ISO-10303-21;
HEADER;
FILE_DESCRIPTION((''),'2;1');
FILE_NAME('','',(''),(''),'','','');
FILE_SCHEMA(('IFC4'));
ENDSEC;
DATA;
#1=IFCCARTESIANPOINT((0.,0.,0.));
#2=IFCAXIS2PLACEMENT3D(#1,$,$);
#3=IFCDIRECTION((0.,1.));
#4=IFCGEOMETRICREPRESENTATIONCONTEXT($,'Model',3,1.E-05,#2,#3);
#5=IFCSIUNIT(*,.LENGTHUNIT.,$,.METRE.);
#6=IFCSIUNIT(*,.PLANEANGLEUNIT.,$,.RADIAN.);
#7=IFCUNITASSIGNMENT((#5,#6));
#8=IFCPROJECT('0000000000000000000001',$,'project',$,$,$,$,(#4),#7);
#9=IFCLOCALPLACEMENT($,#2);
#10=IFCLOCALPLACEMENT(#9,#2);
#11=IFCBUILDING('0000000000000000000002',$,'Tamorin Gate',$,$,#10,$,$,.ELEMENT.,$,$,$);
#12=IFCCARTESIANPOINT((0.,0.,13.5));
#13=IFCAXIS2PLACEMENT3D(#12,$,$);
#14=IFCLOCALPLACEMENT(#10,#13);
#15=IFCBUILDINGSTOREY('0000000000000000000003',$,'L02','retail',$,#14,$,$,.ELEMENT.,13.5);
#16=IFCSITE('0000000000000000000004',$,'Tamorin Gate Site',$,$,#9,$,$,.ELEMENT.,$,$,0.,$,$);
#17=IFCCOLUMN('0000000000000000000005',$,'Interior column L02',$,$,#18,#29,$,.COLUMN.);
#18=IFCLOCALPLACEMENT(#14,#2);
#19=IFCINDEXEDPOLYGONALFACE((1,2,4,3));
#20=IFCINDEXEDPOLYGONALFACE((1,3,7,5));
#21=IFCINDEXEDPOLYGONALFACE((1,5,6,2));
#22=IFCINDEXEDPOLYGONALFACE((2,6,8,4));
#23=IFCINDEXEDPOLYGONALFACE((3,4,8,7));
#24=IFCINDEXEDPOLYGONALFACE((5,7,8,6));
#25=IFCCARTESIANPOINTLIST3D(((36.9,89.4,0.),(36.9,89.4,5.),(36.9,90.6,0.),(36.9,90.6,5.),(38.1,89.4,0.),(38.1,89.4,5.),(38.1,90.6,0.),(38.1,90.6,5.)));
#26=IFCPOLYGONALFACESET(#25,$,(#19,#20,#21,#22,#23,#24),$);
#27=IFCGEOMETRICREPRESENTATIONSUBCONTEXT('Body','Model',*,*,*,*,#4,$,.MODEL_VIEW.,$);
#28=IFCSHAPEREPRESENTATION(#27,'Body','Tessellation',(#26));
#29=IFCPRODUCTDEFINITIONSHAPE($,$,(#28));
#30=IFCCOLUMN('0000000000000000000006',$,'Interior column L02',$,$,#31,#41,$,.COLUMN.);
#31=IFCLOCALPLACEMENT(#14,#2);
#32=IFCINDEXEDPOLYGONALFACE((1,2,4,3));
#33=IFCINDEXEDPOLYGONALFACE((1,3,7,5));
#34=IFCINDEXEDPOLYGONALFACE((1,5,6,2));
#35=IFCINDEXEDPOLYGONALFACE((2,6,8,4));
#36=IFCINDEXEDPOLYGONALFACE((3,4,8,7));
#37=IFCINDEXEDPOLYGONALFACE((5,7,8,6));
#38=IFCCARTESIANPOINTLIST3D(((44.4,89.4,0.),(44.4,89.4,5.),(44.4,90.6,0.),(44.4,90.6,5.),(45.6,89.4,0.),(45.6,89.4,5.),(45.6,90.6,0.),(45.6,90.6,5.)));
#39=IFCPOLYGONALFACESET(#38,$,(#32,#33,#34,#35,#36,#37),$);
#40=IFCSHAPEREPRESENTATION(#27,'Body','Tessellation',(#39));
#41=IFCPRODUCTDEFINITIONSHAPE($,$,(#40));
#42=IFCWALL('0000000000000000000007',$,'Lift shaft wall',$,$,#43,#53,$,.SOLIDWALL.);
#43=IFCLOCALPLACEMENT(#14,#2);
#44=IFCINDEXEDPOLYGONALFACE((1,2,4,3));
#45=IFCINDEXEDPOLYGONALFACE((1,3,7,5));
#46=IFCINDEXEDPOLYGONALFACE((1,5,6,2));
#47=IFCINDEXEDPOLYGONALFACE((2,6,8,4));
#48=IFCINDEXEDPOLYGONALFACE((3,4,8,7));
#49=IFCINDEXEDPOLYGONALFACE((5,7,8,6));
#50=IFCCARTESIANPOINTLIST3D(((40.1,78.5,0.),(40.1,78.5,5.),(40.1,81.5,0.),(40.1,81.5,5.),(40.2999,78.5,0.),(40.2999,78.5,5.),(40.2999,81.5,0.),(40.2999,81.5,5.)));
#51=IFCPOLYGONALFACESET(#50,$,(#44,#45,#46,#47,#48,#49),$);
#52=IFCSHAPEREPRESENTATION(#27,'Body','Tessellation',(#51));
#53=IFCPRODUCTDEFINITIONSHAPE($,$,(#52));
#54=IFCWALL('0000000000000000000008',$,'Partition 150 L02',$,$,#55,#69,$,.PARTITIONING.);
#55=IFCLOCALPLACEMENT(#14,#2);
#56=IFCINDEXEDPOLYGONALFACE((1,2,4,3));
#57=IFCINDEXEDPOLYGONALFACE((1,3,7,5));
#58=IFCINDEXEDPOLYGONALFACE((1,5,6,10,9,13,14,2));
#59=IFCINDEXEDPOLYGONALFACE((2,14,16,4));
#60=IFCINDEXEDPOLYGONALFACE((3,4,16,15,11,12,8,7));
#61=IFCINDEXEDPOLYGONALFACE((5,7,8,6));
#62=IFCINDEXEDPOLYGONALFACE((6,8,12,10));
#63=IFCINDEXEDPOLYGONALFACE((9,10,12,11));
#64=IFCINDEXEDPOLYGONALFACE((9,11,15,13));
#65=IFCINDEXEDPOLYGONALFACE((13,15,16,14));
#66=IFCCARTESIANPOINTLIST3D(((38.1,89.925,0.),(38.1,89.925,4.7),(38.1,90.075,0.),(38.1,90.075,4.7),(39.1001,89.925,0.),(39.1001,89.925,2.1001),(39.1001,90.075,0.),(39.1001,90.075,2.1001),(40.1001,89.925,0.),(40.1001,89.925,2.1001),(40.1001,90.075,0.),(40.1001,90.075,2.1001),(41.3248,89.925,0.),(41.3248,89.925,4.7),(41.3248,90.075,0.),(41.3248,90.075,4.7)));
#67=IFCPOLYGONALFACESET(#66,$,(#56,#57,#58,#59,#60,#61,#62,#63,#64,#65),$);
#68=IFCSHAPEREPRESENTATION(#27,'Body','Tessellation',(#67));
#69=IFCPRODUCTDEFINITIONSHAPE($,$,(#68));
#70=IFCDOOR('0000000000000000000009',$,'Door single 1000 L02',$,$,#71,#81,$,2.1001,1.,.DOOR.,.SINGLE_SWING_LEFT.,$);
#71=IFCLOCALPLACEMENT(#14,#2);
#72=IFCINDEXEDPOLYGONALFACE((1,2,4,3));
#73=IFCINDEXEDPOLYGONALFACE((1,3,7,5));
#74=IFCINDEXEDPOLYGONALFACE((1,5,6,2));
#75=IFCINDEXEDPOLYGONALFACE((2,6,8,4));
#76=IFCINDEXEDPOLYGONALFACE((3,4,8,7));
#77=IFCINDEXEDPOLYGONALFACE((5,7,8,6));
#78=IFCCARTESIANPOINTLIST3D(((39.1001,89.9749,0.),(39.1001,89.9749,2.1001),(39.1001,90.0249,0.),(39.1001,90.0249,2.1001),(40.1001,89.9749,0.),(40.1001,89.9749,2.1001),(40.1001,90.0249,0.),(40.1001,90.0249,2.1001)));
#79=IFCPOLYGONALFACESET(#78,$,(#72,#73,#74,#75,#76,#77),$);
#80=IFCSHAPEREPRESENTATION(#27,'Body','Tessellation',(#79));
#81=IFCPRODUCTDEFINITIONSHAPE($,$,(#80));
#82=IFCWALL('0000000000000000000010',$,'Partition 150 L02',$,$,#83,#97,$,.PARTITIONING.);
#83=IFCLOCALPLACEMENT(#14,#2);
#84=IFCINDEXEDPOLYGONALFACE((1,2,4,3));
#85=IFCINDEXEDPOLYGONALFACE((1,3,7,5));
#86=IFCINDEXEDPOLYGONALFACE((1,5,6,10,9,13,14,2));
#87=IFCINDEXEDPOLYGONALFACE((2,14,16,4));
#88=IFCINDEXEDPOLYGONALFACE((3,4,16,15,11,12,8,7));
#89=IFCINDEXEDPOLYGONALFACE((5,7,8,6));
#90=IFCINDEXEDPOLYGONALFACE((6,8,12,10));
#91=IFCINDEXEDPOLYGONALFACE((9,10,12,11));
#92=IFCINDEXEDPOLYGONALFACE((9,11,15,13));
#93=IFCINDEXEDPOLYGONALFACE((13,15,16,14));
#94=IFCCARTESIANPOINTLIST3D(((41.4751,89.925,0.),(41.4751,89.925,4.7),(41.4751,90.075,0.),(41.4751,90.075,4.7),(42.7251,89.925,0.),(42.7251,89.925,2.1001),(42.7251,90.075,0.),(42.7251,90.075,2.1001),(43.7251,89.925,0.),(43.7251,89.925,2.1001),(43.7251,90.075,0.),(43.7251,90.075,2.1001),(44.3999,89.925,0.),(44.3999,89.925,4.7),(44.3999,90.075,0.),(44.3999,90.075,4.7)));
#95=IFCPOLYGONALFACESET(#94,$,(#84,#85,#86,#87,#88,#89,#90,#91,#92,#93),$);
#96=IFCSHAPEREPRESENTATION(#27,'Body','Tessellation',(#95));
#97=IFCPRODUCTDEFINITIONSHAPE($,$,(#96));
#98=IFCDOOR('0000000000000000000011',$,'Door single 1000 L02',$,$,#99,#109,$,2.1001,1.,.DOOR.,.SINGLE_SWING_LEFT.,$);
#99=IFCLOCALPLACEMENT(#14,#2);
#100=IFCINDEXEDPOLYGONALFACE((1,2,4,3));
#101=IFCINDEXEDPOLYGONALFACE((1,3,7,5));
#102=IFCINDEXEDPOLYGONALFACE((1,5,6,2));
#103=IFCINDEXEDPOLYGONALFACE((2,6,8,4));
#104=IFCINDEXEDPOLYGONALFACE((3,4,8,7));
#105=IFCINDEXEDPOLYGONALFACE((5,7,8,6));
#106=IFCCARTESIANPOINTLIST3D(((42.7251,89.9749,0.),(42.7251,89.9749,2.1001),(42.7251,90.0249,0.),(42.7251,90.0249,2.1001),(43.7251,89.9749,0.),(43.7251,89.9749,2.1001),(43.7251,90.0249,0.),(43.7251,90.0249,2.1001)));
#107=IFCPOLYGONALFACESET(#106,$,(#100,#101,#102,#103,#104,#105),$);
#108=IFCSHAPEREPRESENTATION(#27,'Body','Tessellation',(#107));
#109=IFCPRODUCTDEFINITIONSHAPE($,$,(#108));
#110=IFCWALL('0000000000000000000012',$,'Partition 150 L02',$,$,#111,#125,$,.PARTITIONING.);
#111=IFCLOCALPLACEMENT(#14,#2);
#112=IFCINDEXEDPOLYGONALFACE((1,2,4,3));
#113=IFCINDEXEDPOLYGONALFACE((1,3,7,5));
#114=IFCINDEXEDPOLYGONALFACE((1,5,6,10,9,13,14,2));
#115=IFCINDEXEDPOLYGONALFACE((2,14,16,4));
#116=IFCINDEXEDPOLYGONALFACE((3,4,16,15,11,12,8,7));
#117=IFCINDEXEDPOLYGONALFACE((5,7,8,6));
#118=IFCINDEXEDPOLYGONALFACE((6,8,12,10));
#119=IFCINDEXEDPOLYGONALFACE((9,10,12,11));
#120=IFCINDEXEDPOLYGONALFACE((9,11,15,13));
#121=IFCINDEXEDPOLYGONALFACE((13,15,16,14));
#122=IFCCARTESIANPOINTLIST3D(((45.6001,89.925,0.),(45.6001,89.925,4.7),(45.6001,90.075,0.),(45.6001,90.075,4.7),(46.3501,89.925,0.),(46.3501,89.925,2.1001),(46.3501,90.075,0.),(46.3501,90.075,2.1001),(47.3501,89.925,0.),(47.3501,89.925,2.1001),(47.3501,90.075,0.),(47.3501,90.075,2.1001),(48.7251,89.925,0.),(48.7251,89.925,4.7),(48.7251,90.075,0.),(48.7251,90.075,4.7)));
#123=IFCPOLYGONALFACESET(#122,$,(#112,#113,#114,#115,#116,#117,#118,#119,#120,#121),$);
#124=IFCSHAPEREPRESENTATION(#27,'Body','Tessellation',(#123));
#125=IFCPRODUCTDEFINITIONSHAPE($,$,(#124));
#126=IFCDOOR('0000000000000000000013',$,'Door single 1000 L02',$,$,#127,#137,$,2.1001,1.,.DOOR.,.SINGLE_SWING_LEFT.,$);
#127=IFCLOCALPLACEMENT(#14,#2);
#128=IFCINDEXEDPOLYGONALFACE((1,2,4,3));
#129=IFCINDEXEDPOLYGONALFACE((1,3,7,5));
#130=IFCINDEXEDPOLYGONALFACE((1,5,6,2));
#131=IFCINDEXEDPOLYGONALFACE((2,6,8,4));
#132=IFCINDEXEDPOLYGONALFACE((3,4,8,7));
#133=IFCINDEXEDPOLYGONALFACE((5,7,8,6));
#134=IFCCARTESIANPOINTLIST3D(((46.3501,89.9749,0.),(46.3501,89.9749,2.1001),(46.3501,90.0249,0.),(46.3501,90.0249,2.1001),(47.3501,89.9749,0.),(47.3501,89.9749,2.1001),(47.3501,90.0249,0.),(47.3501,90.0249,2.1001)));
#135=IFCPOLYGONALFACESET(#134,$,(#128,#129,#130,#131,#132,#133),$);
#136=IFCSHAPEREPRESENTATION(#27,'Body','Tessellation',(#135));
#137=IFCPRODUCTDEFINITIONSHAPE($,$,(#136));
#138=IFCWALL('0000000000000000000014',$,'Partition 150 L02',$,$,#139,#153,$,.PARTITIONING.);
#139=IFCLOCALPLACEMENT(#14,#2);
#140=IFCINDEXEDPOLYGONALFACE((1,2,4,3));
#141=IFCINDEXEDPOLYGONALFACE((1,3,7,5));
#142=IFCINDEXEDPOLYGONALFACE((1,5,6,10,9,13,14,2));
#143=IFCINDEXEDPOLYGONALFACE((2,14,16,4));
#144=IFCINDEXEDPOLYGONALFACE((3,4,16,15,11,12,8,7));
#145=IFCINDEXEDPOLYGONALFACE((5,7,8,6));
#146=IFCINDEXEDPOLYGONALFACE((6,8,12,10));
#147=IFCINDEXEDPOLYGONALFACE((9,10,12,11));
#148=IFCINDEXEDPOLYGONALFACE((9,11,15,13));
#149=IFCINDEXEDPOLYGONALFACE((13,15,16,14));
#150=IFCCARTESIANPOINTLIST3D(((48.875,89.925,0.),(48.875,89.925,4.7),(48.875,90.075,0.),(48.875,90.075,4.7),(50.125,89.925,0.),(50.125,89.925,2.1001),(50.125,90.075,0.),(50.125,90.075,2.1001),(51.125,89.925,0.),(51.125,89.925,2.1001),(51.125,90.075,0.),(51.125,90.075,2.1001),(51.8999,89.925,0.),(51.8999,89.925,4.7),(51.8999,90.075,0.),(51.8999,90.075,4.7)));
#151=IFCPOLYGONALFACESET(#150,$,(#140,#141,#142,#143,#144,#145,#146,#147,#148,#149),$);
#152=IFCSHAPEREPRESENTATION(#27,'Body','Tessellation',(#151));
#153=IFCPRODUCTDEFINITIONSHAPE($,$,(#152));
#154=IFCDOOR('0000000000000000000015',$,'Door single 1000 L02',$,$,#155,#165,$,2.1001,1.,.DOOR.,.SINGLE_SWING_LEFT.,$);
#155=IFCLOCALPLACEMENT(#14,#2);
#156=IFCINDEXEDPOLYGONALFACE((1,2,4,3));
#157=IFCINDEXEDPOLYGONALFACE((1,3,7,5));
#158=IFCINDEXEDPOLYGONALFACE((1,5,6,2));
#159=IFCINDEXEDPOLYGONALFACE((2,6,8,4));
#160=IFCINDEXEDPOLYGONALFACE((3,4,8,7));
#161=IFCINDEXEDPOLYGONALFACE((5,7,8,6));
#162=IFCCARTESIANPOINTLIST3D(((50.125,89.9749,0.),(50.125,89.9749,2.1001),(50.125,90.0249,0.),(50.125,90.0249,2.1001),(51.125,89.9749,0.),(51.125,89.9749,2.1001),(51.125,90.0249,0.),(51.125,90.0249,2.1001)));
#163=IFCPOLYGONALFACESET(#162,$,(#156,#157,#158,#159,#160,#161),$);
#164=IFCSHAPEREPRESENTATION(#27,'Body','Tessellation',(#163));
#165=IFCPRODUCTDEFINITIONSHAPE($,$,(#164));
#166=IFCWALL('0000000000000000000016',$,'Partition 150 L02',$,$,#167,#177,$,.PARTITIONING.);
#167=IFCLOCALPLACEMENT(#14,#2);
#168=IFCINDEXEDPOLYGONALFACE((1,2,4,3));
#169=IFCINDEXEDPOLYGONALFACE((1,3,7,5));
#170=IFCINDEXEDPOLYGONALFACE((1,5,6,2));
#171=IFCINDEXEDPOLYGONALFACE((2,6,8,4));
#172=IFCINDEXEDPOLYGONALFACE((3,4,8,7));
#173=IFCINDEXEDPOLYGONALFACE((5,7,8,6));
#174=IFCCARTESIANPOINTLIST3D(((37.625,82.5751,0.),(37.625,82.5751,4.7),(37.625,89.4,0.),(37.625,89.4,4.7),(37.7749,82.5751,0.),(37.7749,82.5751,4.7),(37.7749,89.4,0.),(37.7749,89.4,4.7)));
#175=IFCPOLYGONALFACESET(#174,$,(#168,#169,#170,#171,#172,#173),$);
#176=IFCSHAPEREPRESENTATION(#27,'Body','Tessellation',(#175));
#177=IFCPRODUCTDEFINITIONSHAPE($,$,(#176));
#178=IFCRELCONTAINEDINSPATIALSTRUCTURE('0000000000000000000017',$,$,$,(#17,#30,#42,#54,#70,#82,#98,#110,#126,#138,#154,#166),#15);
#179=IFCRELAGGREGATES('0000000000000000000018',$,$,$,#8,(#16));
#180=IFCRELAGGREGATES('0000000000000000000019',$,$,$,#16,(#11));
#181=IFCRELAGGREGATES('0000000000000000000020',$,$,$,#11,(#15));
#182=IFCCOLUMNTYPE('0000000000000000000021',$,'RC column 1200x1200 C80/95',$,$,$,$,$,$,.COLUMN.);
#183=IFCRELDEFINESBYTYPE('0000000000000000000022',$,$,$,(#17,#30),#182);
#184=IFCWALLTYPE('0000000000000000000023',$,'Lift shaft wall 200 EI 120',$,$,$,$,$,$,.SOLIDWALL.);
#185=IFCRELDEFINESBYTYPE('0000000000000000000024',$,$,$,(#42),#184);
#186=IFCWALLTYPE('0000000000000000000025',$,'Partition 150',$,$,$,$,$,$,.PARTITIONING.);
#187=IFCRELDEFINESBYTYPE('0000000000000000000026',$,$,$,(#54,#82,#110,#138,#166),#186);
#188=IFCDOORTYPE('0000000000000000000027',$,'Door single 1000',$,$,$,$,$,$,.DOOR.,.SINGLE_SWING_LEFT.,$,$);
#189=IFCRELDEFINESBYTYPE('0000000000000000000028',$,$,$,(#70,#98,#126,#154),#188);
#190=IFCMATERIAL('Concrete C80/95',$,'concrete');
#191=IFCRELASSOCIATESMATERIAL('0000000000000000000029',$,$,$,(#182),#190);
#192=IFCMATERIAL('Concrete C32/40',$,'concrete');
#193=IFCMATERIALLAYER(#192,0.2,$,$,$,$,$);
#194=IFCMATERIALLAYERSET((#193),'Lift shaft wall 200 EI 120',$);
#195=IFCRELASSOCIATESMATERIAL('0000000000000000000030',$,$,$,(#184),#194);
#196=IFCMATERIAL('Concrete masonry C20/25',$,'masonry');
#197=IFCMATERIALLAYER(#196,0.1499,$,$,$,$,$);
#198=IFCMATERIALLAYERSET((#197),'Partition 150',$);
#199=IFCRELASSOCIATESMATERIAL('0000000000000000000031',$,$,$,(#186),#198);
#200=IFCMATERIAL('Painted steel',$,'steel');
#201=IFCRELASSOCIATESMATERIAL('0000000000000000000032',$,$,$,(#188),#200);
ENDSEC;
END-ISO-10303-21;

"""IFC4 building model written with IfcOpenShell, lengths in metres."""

from ifc_helpers import new_model, si_unit, direction, frame, frame_2d, origin, origin_2d, place, context, subcontext, project, spatial, rectangle, extrude, material, layer, layer_set, material_profile, profile_set, type_object, element, fill, save


model = new_model("IFC4")

# Units and contexts
model_context = context("Model", 3, precision=1e-05, world=origin(), true_north=direction((0.0, 1.0)))
body_context = subcontext(model_context, "Body", "Model", "MODEL_VIEW")
ifc_project = project(units=[si_unit("LENGTHUNIT", "METRE"), si_unit("PLANEANGLEUNIT", "RADIAN")], contexts=[model_context])

# Site, building, storey
site_placement = place(None, origin())
site = spatial("IfcSite", under=ifc_project, at=site_placement, Name="Tamorin Gate Site", CompositionType="ELEMENT", RefElevation=0.0)
building_placement = place(site_placement, origin())
building = spatial("IfcBuilding", under=site, at=building_placement, Name="Tamorin Gate", CompositionType="ELEMENT")
storey_placement = place(building_placement, frame((0.0, 0.0, 13.5)))
storey = spatial("IfcBuildingStorey", under=building, at=storey_placement, Name="L02", Description="retail", CompositionType="ELEMENT", Elevation=13.5)

# Columns
ifc_material_1 = material(Name="Concrete C80/95", Category="concrete")
ifc_material_profile = material_profile(ifc_material_1, rectangle(XDim=1.2, YDim=1.2, at=origin_2d()), Name="RC 1200x1200")
ifc_profile_set = profile_set([ifc_material_profile], Name="Concrete C80/95")
column_type = type_object("IfcColumnType", Name="RC column 1200x1200 C80/95", PredefinedType="COLUMN", material=ifc_profile_set)
for number, where, z_axis, x_axis, name in (
    (1, (37.5, 90.0, 0.0), (0.0, 0.0, 1.0), (1.0, 0.0, 0.0), "Interior column L02"),
    (2, (45.0, 90.0, 0.0), (0.0, 0.0, 1.0), (1.0, 0.0, 0.0), "Interior column L02"),
):
    element("IfcColumn", number, at=place(storey_placement, frame(where, z_axis=z_axis, x_axis=x_axis)), inside=storey, type_object=column_type, Name=name, PredefinedType="COLUMN", context=body_context, shape_type="SweptSolid", body=[
        extrude(rectangle(XDim=1.2, YDim=1.2, at=origin_2d()), origin(), (0.0, 0.0, 1.0), 5.0),
    ])

# Wall
ifc_material_2 = material(Name="Concrete C32/40", Category="concrete")
ifc_layer_1 = layer(ifc_material_2, 0.2)
ifc_layer_set_1 = layer_set([ifc_layer_1], Name="Lift shaft wall 200 EI 120")
wall_type_1 = type_object("IfcWallType", Name="Lift shaft wall 200 EI 120", PredefinedType="SOLIDWALL", material=ifc_layer_set_1)
wall_1_placement = place(storey_placement, frame((40.2, 78.5, 0.0), z_axis=(0.0, 0.0, 1.0), x_axis=(0.0, 1.0, 0.0)))
element("IfcWall", 3, at=wall_1_placement, inside=storey, type_object=wall_type_1, Name="Lift shaft wall", PredefinedType="SOLIDWALL", context=body_context, shape_type="SweptSolid", body=[
    extrude(rectangle(XDim=3.0, YDim=0.2, at=frame_2d((1.5, 0.0))), origin(), (0.0, 0.0, 1.0), 5.0),
])

# Walls, openings, doors
ifc_material_3 = material(Name="Concrete masonry C20/25", Category="masonry")
ifc_layer_2 = layer(ifc_material_3, 0.1499)
ifc_layer_set_2 = layer_set([ifc_layer_2], Name="Partition 150")
wall_type_2 = type_object("IfcWallType", Name="Partition 150", PredefinedType="PARTITIONING", material=ifc_layer_set_2)
wall_2_placement = place(storey_placement, frame((38.1001, 90.0, 0.0), z_axis=(0.0, 0.0, 1.0), x_axis=(1.0, 0.0, 0.0)))
wall_2 = element("IfcWall", 4, at=wall_2_placement, inside=storey, type_object=wall_type_2, Name="Partition 150 L02", PredefinedType="PARTITIONING", context=body_context, shape_type="SweptSolid", body=[
    extrude(rectangle(XDim=3.2249, YDim=0.1499, at=frame_2d((1.6123, 0.0))), origin(), (0.0, 0.0, 1.0), 4.7),
])
opening_1_placement = place(wall_2_placement, frame((1.0, 0.0, 0.0)))
opening_1 = element("IfcOpeningElement", 5, at=opening_1_placement, cuts=wall_2, PredefinedType="OPENING", context=body_context, shape_type="SweptSolid", body=[
    extrude(rectangle(XDim=1.0, YDim=2.1001, at=frame_2d((0.5, 1.05))), frame((0.0, 0.085, 0.0), z_axis=(0.0, -1.0, 0.0), x_axis=(1.0, 0.0, 0.0)), (0.0, 0.0, 1.0), 0.1699),
])
ifc_material_4 = material(Name="Painted steel", Category="steel")
door_type = type_object("IfcDoorType", Name="Door single 1000", OperationType="SINGLE_SWING_LEFT", PredefinedType="DOOR", material=ifc_material_4)
door_1_placement = place(opening_1_placement, origin())
door_1 = element("IfcDoor", 6, at=door_1_placement, inside=storey, type_object=door_type, Name="Door single 1000 L02", OperationType="SINGLE_SWING_LEFT", OverallHeight=2.1001, OverallWidth=1.0, PredefinedType="DOOR", context=body_context, shape_type="SweptSolid", body=[
    extrude(rectangle(XDim=1.0, YDim=2.1001, at=frame_2d((0.5, 1.05))), frame((0.0, 0.0249, 0.0), z_axis=(0.0, -1.0, 0.0), x_axis=(1.0, 0.0, 0.0)), (0.0, 0.0, 1.0), 0.05),
])
fill(opening_1, door_1)
wall_3_placement = place(storey_placement, frame((41.4751, 90.0, 0.0), z_axis=(0.0, 0.0, 1.0), x_axis=(1.0, 0.0, 0.0)))
wall_3 = element("IfcWall", 7, at=wall_3_placement, inside=storey, type_object=wall_type_2, Name="Partition 150 L02", PredefinedType="PARTITIONING", context=body_context, shape_type="SweptSolid", body=[
    extrude(rectangle(XDim=2.9248, YDim=0.1499, at=frame_2d((1.4624, 0.0))), origin(), (0.0, 0.0, 1.0), 4.7),
])
opening_2_placement = place(wall_3_placement, frame((1.25, 0.0, 0.0)))
opening_2 = element("IfcOpeningElement", 8, at=opening_2_placement, cuts=wall_3, PredefinedType="OPENING", context=body_context, shape_type="SweptSolid", body=[
    extrude(rectangle(XDim=1.0, YDim=2.1001, at=frame_2d((0.5, 1.05))), frame((0.0, 0.085, 0.0), z_axis=(0.0, -1.0, 0.0), x_axis=(1.0, 0.0, 0.0)), (0.0, 0.0, 1.0), 0.1699),
])
door_2_placement = place(opening_2_placement, origin())
door_2 = element("IfcDoor", 9, at=door_2_placement, inside=storey, type_object=door_type, Name="Door single 1000 L02", OperationType="SINGLE_SWING_LEFT", OverallHeight=2.1001, OverallWidth=1.0, PredefinedType="DOOR", context=body_context, shape_type="SweptSolid", body=[
    extrude(rectangle(XDim=1.0, YDim=2.1001, at=frame_2d((0.5, 1.05))), frame((0.0, 0.0249, 0.0), z_axis=(0.0, -1.0, 0.0), x_axis=(1.0, 0.0, 0.0)), (0.0, 0.0, 1.0), 0.05),
])
fill(opening_2, door_2)
wall_4_placement = place(storey_placement, frame((45.6001, 90.0, 0.0), z_axis=(0.0, 0.0, 1.0), x_axis=(1.0, 0.0, 0.0)))
wall_4 = element("IfcWall", 10, at=wall_4_placement, inside=storey, type_object=wall_type_2, Name="Partition 150 L02", PredefinedType="PARTITIONING", context=body_context, shape_type="SweptSolid", body=[
    extrude(rectangle(XDim=3.125, YDim=0.1499, at=frame_2d((1.5625, 0.0))), origin(), (0.0, 0.0, 1.0), 4.7),
])
opening_3_placement = place(wall_4_placement, frame((0.75, 0.0, 0.0)))
opening_3 = element("IfcOpeningElement", 11, at=opening_3_placement, cuts=wall_4, PredefinedType="OPENING", context=body_context, shape_type="SweptSolid", body=[
    extrude(rectangle(XDim=1.0, YDim=2.1001, at=frame_2d((0.5, 1.05))), frame((0.0, 0.085, 0.0), z_axis=(0.0, -1.0, 0.0), x_axis=(1.0, 0.0, 0.0)), (0.0, 0.0, 1.0), 0.1699),
])
door_3_placement = place(opening_3_placement, origin())
door_3 = element("IfcDoor", 12, at=door_3_placement, inside=storey, type_object=door_type, Name="Door single 1000 L02", OperationType="SINGLE_SWING_LEFT", OverallHeight=2.1001, OverallWidth=1.0, PredefinedType="DOOR", context=body_context, shape_type="SweptSolid", body=[
    extrude(rectangle(XDim=1.0, YDim=2.1001, at=frame_2d((0.5, 1.05))), frame((0.0, 0.0249, 0.0), z_axis=(0.0, -1.0, 0.0), x_axis=(1.0, 0.0, 0.0)), (0.0, 0.0, 1.0), 0.05),
])
fill(opening_3, door_3)
wall_5_placement = place(storey_placement, frame((48.875, 90.0, 0.0), z_axis=(0.0, 0.0, 1.0), x_axis=(1.0, 0.0, 0.0)))
wall_5 = element("IfcWall", 13, at=wall_5_placement, inside=storey, type_object=wall_type_2, Name="Partition 150 L02", PredefinedType="PARTITIONING", context=body_context, shape_type="SweptSolid", body=[
    extrude(rectangle(XDim=3.0249, YDim=0.1499, at=frame_2d((1.5125, 0.0))), origin(), (0.0, 0.0, 1.0), 4.7),
])
opening_4_placement = place(wall_5_placement, frame((1.25, 0.0, 0.0)))
opening_4 = element("IfcOpeningElement", 14, at=opening_4_placement, cuts=wall_5, PredefinedType="OPENING", context=body_context, shape_type="SweptSolid", body=[
    extrude(rectangle(XDim=1.0, YDim=2.1001, at=frame_2d((0.5, 1.05))), frame((0.0, 0.085, 0.0), z_axis=(0.0, -1.0, 0.0), x_axis=(1.0, 0.0, 0.0)), (0.0, 0.0, 1.0), 0.1699),
])
door_4_placement = place(opening_4_placement, origin())
door_4 = element("IfcDoor", 15, at=door_4_placement, inside=storey, type_object=door_type, Name="Door single 1000 L02", OperationType="SINGLE_SWING_LEFT", OverallHeight=2.1001, OverallWidth=1.0, PredefinedType="DOOR", context=body_context, shape_type="SweptSolid", body=[
    extrude(rectangle(XDim=1.0, YDim=2.1001, at=frame_2d((0.5, 1.05))), frame((0.0, 0.0249, 0.0), z_axis=(0.0, -1.0, 0.0), x_axis=(1.0, 0.0, 0.0)), (0.0, 0.0, 1.0), 0.05),
])
fill(opening_4, door_4)

# Wall
wall_6_placement = place(storey_placement, frame((37.7, 82.575, 0.0), z_axis=(0.0, 0.0, 1.0), x_axis=(0.0, 1.0, 0.0)))
element("IfcWall", 16, at=wall_6_placement, inside=storey, type_object=wall_type_2, Name="Partition 150 L02", PredefinedType="PARTITIONING", context=body_context, shape_type="SweptSolid", body=[
    extrude(rectangle(XDim=6.825, YDim=0.1499, at=frame_2d((3.4126, 0.0))), origin(), (0.0, 0.0, 1.0), 4.7),
])

save(model, "model.ifc")
